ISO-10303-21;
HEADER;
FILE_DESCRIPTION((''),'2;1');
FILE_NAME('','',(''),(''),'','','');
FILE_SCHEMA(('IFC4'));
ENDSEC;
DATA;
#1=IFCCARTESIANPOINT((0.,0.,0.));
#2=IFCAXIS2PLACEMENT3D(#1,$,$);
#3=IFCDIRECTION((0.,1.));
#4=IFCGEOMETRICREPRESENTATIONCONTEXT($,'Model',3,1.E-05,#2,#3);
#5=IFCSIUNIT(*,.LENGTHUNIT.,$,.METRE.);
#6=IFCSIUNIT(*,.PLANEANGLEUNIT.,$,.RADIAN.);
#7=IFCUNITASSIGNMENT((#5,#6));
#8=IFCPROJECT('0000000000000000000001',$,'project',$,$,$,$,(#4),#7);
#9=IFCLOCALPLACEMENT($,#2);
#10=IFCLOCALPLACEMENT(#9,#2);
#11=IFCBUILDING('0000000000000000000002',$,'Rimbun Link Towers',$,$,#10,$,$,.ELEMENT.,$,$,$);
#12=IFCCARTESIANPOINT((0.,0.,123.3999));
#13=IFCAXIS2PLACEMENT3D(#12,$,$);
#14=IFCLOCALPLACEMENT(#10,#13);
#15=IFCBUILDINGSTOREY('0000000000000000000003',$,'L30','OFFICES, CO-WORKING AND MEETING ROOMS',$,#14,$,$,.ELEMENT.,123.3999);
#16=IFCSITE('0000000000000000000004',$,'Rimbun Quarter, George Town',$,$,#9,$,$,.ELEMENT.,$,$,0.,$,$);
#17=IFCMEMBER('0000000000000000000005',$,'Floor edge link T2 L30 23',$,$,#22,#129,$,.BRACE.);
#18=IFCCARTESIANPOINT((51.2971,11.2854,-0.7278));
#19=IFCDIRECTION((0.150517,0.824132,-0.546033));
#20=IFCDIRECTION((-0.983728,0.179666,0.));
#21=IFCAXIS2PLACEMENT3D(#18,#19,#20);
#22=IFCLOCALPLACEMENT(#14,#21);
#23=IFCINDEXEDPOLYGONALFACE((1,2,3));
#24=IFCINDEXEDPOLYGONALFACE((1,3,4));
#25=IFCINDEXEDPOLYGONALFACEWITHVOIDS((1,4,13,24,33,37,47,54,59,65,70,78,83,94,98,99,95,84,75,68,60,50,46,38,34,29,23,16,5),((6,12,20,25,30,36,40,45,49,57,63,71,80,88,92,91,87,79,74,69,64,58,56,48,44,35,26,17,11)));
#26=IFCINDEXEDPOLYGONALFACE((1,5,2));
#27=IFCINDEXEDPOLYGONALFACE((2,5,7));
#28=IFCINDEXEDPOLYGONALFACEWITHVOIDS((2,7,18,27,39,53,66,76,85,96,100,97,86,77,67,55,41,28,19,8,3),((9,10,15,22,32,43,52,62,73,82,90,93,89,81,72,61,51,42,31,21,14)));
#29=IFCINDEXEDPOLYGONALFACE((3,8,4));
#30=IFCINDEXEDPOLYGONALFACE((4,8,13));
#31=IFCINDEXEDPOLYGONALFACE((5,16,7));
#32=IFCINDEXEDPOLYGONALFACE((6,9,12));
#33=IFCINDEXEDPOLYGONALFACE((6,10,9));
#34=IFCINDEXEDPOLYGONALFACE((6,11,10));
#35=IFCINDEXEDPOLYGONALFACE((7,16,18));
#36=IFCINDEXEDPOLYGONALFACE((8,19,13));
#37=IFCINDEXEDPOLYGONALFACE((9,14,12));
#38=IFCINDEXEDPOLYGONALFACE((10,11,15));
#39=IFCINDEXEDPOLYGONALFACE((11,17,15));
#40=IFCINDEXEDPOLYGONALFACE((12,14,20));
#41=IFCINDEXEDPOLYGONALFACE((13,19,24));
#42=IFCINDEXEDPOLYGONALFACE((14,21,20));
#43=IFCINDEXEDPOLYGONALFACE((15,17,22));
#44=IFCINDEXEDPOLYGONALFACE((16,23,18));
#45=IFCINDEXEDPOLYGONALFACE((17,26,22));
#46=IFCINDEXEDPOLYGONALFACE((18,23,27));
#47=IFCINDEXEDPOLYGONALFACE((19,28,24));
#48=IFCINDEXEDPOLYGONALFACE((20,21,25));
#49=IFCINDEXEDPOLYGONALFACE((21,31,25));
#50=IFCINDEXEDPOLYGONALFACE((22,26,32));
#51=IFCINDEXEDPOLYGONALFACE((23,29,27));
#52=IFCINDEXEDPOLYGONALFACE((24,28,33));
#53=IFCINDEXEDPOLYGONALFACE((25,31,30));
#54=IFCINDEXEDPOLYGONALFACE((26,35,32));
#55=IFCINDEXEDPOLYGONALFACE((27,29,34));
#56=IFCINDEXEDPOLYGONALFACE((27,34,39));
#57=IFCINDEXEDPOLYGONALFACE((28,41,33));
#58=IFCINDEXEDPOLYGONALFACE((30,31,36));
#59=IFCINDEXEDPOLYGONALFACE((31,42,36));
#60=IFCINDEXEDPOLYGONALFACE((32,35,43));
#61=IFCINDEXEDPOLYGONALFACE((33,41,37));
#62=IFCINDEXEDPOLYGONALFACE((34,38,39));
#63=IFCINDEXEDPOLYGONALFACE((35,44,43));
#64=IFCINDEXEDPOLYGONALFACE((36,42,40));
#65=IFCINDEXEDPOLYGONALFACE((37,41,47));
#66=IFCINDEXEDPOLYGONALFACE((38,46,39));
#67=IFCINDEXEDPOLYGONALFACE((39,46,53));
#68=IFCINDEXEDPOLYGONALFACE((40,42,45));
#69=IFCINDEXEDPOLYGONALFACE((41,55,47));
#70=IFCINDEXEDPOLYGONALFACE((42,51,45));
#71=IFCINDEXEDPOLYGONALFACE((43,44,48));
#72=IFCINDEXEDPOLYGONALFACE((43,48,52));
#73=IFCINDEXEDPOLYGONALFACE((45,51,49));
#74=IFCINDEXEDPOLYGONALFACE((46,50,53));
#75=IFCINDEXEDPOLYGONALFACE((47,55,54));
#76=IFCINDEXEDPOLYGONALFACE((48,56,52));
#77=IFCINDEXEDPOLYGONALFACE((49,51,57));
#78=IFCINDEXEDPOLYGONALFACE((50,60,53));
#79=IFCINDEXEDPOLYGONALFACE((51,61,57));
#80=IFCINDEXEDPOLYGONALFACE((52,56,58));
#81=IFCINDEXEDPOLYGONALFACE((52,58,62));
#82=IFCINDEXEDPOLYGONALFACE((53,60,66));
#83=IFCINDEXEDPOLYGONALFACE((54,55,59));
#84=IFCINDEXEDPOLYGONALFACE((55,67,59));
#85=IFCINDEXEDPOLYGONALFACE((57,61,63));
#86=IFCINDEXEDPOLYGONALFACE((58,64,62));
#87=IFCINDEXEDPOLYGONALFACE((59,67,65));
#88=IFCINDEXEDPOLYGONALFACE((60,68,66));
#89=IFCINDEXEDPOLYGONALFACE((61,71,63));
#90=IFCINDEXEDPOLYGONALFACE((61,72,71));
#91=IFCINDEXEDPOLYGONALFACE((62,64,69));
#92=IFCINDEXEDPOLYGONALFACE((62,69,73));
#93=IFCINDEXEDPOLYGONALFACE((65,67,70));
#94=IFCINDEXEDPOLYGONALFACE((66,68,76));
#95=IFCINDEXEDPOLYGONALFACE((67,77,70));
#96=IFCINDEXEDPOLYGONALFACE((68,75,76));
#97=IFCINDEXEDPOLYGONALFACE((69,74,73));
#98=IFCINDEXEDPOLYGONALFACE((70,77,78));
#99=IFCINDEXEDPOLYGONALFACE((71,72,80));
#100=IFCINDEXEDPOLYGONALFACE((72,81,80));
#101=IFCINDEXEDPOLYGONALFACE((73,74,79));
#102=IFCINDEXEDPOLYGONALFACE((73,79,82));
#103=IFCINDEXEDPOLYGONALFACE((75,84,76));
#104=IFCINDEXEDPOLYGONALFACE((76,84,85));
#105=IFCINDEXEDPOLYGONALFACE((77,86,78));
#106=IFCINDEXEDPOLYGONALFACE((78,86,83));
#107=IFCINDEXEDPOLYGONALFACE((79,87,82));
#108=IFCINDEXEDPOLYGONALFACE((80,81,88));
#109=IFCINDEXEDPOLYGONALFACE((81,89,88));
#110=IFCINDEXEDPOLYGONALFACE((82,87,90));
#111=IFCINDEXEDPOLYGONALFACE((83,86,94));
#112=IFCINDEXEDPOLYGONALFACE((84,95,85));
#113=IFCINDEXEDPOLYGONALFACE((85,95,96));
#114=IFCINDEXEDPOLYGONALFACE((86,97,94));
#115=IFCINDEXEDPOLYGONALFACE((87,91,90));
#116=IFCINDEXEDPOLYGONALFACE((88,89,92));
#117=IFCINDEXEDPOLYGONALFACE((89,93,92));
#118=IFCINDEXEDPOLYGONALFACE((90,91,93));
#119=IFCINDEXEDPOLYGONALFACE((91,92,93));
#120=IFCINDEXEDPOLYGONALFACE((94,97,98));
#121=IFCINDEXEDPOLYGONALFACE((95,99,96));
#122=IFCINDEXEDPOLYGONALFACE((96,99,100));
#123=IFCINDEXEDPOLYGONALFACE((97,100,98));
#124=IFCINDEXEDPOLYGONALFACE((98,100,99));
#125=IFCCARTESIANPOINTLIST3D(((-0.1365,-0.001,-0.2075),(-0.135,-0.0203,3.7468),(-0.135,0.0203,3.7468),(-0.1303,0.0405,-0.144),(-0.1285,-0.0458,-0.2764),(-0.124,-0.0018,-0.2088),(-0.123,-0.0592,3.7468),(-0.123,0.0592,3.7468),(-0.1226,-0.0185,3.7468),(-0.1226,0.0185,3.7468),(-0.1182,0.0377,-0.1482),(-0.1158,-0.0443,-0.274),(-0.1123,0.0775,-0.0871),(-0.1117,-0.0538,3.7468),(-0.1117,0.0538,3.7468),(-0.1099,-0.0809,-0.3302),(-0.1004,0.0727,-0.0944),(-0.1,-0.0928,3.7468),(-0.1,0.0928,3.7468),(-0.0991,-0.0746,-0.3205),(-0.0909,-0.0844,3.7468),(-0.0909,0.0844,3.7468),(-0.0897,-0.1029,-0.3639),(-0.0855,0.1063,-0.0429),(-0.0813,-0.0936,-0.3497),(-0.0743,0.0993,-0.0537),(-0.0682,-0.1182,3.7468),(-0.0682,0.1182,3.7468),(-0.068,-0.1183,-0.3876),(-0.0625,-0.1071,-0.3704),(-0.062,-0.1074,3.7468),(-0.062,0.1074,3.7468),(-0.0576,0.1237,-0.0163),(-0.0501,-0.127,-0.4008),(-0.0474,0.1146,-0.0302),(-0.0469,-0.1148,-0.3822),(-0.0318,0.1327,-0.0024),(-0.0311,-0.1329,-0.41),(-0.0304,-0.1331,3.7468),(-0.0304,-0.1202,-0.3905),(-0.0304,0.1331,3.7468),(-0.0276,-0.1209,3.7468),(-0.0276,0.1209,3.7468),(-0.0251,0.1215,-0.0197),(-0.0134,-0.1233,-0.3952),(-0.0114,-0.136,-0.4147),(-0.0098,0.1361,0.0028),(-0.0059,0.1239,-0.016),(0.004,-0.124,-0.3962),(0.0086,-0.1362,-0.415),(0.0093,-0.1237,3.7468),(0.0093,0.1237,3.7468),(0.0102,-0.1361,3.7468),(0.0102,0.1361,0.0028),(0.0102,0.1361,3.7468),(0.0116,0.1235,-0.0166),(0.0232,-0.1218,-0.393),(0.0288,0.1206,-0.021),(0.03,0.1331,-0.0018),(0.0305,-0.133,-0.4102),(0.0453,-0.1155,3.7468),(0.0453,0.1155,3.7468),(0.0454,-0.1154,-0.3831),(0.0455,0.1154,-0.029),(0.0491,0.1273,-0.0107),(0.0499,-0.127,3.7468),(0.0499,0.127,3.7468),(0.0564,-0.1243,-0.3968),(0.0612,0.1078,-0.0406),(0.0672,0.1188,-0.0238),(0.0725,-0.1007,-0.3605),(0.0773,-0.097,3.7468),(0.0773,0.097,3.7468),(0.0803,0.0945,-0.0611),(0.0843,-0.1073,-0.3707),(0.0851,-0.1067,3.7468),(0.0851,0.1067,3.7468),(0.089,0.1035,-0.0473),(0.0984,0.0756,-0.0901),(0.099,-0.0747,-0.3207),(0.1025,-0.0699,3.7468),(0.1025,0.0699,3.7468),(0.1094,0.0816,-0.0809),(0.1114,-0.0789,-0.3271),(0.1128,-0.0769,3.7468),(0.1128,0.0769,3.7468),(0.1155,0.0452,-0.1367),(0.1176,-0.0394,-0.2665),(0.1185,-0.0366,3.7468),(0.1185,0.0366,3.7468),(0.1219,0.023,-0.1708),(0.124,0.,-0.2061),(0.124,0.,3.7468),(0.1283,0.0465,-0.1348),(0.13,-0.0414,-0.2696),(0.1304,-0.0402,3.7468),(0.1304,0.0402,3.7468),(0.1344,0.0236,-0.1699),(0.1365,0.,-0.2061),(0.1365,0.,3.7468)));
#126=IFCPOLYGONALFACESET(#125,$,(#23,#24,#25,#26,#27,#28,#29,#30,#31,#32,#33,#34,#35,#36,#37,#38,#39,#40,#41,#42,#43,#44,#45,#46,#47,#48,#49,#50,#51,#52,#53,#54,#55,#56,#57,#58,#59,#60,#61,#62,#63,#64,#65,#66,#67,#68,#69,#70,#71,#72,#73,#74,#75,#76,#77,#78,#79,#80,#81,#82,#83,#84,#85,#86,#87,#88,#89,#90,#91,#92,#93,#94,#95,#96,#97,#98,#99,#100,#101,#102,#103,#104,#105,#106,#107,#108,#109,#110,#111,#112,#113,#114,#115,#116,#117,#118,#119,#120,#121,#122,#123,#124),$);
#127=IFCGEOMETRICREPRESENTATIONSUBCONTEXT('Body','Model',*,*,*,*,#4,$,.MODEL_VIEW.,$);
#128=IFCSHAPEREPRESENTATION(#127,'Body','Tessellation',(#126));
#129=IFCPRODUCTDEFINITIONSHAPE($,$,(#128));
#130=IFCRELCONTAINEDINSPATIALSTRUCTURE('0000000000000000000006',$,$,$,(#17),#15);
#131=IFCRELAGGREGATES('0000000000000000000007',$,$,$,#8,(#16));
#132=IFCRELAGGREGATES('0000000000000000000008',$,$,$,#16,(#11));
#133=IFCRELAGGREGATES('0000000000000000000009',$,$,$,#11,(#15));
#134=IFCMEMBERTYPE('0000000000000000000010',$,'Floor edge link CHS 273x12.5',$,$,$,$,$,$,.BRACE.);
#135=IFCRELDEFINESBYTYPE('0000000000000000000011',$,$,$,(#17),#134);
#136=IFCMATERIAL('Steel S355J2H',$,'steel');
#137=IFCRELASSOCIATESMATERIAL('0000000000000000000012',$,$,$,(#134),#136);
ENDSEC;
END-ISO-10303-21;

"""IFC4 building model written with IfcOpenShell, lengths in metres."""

from ifc_helpers import new_model, si_unit, direction, frame, origin, origin_2d, place, context, subcontext, project, spatial, hollow_circle, extrude, clip, halfspace, material, material_profile, profile_set, type_object, element, save


model = new_model("IFC4")

# Units and contexts
model_context = context("Model", 3, precision=1e-05, world=origin(), true_north=direction((0.0, 1.0)))
body_context = subcontext(model_context, "Body", "Model", "MODEL_VIEW")
ifc_project = project(units=[si_unit("LENGTHUNIT", "METRE"), si_unit("PLANEANGLEUNIT", "RADIAN")], contexts=[model_context])

# Site, building, storey
site_placement = place(None, origin())
site = spatial("IfcSite", under=ifc_project, at=site_placement, Name="Rimbun Quarter, George Town", CompositionType="ELEMENT", RefElevation=0.0)
building_placement = place(site_placement, origin())
building = spatial("IfcBuilding", under=site, at=building_placement, Name="Rimbun Link Towers", CompositionType="ELEMENT")
storey_placement = place(building_placement, frame((0.0, 0.0, 123.3999)))
storey = spatial("IfcBuildingStorey", under=building, at=storey_placement, Name="L30", Description="OFFICES, CO-WORKING AND MEETING ROOMS", CompositionType="ELEMENT", Elevation=123.3999)

# Member
ifc_material_1 = material(Name="Steel S355J2H", Category="steel")
ifc_material_profile_1 = material_profile(ifc_material_1, hollow_circle(Radius=0.1365, WallThickness=0.0125, at=origin_2d()), Name="CHS 273x12.5")
ifc_profile_set_1 = profile_set([ifc_material_profile_1], Name="Steel S355J2H")
member_type_1 = type_object("IfcMemberType", Name="Floor edge link CHS 273x12.5", PredefinedType="BRACE", material=ifc_profile_set_1)
member_1_placement = place(storey_placement, frame((51.2971, 11.2854, -0.7278), z_axis=(0.150517, 0.824132, -0.546033), x_axis=(-0.983728, 0.179666, 0.0)))
element("IfcMember", 1, at=member_1_placement, inside=storey, type_object=member_type_1, Name="Floor edge link T2 L30 23", PredefinedType="BRACE", context=body_context, shape_type="Clipping", body=[
    clip(extrude(hollow_circle(Radius=0.1365, WallThickness=0.0125, at=origin_2d()), frame((0.0, 0.0, -0.4373)), (0.0, 0.0, 1.0), 4.1841), halfspace(frame((0.0, 0.0, -0.2061), z_axis=(0.0, 0.837764, -0.546033)), False)),
])

save(model, "model.ifc")
